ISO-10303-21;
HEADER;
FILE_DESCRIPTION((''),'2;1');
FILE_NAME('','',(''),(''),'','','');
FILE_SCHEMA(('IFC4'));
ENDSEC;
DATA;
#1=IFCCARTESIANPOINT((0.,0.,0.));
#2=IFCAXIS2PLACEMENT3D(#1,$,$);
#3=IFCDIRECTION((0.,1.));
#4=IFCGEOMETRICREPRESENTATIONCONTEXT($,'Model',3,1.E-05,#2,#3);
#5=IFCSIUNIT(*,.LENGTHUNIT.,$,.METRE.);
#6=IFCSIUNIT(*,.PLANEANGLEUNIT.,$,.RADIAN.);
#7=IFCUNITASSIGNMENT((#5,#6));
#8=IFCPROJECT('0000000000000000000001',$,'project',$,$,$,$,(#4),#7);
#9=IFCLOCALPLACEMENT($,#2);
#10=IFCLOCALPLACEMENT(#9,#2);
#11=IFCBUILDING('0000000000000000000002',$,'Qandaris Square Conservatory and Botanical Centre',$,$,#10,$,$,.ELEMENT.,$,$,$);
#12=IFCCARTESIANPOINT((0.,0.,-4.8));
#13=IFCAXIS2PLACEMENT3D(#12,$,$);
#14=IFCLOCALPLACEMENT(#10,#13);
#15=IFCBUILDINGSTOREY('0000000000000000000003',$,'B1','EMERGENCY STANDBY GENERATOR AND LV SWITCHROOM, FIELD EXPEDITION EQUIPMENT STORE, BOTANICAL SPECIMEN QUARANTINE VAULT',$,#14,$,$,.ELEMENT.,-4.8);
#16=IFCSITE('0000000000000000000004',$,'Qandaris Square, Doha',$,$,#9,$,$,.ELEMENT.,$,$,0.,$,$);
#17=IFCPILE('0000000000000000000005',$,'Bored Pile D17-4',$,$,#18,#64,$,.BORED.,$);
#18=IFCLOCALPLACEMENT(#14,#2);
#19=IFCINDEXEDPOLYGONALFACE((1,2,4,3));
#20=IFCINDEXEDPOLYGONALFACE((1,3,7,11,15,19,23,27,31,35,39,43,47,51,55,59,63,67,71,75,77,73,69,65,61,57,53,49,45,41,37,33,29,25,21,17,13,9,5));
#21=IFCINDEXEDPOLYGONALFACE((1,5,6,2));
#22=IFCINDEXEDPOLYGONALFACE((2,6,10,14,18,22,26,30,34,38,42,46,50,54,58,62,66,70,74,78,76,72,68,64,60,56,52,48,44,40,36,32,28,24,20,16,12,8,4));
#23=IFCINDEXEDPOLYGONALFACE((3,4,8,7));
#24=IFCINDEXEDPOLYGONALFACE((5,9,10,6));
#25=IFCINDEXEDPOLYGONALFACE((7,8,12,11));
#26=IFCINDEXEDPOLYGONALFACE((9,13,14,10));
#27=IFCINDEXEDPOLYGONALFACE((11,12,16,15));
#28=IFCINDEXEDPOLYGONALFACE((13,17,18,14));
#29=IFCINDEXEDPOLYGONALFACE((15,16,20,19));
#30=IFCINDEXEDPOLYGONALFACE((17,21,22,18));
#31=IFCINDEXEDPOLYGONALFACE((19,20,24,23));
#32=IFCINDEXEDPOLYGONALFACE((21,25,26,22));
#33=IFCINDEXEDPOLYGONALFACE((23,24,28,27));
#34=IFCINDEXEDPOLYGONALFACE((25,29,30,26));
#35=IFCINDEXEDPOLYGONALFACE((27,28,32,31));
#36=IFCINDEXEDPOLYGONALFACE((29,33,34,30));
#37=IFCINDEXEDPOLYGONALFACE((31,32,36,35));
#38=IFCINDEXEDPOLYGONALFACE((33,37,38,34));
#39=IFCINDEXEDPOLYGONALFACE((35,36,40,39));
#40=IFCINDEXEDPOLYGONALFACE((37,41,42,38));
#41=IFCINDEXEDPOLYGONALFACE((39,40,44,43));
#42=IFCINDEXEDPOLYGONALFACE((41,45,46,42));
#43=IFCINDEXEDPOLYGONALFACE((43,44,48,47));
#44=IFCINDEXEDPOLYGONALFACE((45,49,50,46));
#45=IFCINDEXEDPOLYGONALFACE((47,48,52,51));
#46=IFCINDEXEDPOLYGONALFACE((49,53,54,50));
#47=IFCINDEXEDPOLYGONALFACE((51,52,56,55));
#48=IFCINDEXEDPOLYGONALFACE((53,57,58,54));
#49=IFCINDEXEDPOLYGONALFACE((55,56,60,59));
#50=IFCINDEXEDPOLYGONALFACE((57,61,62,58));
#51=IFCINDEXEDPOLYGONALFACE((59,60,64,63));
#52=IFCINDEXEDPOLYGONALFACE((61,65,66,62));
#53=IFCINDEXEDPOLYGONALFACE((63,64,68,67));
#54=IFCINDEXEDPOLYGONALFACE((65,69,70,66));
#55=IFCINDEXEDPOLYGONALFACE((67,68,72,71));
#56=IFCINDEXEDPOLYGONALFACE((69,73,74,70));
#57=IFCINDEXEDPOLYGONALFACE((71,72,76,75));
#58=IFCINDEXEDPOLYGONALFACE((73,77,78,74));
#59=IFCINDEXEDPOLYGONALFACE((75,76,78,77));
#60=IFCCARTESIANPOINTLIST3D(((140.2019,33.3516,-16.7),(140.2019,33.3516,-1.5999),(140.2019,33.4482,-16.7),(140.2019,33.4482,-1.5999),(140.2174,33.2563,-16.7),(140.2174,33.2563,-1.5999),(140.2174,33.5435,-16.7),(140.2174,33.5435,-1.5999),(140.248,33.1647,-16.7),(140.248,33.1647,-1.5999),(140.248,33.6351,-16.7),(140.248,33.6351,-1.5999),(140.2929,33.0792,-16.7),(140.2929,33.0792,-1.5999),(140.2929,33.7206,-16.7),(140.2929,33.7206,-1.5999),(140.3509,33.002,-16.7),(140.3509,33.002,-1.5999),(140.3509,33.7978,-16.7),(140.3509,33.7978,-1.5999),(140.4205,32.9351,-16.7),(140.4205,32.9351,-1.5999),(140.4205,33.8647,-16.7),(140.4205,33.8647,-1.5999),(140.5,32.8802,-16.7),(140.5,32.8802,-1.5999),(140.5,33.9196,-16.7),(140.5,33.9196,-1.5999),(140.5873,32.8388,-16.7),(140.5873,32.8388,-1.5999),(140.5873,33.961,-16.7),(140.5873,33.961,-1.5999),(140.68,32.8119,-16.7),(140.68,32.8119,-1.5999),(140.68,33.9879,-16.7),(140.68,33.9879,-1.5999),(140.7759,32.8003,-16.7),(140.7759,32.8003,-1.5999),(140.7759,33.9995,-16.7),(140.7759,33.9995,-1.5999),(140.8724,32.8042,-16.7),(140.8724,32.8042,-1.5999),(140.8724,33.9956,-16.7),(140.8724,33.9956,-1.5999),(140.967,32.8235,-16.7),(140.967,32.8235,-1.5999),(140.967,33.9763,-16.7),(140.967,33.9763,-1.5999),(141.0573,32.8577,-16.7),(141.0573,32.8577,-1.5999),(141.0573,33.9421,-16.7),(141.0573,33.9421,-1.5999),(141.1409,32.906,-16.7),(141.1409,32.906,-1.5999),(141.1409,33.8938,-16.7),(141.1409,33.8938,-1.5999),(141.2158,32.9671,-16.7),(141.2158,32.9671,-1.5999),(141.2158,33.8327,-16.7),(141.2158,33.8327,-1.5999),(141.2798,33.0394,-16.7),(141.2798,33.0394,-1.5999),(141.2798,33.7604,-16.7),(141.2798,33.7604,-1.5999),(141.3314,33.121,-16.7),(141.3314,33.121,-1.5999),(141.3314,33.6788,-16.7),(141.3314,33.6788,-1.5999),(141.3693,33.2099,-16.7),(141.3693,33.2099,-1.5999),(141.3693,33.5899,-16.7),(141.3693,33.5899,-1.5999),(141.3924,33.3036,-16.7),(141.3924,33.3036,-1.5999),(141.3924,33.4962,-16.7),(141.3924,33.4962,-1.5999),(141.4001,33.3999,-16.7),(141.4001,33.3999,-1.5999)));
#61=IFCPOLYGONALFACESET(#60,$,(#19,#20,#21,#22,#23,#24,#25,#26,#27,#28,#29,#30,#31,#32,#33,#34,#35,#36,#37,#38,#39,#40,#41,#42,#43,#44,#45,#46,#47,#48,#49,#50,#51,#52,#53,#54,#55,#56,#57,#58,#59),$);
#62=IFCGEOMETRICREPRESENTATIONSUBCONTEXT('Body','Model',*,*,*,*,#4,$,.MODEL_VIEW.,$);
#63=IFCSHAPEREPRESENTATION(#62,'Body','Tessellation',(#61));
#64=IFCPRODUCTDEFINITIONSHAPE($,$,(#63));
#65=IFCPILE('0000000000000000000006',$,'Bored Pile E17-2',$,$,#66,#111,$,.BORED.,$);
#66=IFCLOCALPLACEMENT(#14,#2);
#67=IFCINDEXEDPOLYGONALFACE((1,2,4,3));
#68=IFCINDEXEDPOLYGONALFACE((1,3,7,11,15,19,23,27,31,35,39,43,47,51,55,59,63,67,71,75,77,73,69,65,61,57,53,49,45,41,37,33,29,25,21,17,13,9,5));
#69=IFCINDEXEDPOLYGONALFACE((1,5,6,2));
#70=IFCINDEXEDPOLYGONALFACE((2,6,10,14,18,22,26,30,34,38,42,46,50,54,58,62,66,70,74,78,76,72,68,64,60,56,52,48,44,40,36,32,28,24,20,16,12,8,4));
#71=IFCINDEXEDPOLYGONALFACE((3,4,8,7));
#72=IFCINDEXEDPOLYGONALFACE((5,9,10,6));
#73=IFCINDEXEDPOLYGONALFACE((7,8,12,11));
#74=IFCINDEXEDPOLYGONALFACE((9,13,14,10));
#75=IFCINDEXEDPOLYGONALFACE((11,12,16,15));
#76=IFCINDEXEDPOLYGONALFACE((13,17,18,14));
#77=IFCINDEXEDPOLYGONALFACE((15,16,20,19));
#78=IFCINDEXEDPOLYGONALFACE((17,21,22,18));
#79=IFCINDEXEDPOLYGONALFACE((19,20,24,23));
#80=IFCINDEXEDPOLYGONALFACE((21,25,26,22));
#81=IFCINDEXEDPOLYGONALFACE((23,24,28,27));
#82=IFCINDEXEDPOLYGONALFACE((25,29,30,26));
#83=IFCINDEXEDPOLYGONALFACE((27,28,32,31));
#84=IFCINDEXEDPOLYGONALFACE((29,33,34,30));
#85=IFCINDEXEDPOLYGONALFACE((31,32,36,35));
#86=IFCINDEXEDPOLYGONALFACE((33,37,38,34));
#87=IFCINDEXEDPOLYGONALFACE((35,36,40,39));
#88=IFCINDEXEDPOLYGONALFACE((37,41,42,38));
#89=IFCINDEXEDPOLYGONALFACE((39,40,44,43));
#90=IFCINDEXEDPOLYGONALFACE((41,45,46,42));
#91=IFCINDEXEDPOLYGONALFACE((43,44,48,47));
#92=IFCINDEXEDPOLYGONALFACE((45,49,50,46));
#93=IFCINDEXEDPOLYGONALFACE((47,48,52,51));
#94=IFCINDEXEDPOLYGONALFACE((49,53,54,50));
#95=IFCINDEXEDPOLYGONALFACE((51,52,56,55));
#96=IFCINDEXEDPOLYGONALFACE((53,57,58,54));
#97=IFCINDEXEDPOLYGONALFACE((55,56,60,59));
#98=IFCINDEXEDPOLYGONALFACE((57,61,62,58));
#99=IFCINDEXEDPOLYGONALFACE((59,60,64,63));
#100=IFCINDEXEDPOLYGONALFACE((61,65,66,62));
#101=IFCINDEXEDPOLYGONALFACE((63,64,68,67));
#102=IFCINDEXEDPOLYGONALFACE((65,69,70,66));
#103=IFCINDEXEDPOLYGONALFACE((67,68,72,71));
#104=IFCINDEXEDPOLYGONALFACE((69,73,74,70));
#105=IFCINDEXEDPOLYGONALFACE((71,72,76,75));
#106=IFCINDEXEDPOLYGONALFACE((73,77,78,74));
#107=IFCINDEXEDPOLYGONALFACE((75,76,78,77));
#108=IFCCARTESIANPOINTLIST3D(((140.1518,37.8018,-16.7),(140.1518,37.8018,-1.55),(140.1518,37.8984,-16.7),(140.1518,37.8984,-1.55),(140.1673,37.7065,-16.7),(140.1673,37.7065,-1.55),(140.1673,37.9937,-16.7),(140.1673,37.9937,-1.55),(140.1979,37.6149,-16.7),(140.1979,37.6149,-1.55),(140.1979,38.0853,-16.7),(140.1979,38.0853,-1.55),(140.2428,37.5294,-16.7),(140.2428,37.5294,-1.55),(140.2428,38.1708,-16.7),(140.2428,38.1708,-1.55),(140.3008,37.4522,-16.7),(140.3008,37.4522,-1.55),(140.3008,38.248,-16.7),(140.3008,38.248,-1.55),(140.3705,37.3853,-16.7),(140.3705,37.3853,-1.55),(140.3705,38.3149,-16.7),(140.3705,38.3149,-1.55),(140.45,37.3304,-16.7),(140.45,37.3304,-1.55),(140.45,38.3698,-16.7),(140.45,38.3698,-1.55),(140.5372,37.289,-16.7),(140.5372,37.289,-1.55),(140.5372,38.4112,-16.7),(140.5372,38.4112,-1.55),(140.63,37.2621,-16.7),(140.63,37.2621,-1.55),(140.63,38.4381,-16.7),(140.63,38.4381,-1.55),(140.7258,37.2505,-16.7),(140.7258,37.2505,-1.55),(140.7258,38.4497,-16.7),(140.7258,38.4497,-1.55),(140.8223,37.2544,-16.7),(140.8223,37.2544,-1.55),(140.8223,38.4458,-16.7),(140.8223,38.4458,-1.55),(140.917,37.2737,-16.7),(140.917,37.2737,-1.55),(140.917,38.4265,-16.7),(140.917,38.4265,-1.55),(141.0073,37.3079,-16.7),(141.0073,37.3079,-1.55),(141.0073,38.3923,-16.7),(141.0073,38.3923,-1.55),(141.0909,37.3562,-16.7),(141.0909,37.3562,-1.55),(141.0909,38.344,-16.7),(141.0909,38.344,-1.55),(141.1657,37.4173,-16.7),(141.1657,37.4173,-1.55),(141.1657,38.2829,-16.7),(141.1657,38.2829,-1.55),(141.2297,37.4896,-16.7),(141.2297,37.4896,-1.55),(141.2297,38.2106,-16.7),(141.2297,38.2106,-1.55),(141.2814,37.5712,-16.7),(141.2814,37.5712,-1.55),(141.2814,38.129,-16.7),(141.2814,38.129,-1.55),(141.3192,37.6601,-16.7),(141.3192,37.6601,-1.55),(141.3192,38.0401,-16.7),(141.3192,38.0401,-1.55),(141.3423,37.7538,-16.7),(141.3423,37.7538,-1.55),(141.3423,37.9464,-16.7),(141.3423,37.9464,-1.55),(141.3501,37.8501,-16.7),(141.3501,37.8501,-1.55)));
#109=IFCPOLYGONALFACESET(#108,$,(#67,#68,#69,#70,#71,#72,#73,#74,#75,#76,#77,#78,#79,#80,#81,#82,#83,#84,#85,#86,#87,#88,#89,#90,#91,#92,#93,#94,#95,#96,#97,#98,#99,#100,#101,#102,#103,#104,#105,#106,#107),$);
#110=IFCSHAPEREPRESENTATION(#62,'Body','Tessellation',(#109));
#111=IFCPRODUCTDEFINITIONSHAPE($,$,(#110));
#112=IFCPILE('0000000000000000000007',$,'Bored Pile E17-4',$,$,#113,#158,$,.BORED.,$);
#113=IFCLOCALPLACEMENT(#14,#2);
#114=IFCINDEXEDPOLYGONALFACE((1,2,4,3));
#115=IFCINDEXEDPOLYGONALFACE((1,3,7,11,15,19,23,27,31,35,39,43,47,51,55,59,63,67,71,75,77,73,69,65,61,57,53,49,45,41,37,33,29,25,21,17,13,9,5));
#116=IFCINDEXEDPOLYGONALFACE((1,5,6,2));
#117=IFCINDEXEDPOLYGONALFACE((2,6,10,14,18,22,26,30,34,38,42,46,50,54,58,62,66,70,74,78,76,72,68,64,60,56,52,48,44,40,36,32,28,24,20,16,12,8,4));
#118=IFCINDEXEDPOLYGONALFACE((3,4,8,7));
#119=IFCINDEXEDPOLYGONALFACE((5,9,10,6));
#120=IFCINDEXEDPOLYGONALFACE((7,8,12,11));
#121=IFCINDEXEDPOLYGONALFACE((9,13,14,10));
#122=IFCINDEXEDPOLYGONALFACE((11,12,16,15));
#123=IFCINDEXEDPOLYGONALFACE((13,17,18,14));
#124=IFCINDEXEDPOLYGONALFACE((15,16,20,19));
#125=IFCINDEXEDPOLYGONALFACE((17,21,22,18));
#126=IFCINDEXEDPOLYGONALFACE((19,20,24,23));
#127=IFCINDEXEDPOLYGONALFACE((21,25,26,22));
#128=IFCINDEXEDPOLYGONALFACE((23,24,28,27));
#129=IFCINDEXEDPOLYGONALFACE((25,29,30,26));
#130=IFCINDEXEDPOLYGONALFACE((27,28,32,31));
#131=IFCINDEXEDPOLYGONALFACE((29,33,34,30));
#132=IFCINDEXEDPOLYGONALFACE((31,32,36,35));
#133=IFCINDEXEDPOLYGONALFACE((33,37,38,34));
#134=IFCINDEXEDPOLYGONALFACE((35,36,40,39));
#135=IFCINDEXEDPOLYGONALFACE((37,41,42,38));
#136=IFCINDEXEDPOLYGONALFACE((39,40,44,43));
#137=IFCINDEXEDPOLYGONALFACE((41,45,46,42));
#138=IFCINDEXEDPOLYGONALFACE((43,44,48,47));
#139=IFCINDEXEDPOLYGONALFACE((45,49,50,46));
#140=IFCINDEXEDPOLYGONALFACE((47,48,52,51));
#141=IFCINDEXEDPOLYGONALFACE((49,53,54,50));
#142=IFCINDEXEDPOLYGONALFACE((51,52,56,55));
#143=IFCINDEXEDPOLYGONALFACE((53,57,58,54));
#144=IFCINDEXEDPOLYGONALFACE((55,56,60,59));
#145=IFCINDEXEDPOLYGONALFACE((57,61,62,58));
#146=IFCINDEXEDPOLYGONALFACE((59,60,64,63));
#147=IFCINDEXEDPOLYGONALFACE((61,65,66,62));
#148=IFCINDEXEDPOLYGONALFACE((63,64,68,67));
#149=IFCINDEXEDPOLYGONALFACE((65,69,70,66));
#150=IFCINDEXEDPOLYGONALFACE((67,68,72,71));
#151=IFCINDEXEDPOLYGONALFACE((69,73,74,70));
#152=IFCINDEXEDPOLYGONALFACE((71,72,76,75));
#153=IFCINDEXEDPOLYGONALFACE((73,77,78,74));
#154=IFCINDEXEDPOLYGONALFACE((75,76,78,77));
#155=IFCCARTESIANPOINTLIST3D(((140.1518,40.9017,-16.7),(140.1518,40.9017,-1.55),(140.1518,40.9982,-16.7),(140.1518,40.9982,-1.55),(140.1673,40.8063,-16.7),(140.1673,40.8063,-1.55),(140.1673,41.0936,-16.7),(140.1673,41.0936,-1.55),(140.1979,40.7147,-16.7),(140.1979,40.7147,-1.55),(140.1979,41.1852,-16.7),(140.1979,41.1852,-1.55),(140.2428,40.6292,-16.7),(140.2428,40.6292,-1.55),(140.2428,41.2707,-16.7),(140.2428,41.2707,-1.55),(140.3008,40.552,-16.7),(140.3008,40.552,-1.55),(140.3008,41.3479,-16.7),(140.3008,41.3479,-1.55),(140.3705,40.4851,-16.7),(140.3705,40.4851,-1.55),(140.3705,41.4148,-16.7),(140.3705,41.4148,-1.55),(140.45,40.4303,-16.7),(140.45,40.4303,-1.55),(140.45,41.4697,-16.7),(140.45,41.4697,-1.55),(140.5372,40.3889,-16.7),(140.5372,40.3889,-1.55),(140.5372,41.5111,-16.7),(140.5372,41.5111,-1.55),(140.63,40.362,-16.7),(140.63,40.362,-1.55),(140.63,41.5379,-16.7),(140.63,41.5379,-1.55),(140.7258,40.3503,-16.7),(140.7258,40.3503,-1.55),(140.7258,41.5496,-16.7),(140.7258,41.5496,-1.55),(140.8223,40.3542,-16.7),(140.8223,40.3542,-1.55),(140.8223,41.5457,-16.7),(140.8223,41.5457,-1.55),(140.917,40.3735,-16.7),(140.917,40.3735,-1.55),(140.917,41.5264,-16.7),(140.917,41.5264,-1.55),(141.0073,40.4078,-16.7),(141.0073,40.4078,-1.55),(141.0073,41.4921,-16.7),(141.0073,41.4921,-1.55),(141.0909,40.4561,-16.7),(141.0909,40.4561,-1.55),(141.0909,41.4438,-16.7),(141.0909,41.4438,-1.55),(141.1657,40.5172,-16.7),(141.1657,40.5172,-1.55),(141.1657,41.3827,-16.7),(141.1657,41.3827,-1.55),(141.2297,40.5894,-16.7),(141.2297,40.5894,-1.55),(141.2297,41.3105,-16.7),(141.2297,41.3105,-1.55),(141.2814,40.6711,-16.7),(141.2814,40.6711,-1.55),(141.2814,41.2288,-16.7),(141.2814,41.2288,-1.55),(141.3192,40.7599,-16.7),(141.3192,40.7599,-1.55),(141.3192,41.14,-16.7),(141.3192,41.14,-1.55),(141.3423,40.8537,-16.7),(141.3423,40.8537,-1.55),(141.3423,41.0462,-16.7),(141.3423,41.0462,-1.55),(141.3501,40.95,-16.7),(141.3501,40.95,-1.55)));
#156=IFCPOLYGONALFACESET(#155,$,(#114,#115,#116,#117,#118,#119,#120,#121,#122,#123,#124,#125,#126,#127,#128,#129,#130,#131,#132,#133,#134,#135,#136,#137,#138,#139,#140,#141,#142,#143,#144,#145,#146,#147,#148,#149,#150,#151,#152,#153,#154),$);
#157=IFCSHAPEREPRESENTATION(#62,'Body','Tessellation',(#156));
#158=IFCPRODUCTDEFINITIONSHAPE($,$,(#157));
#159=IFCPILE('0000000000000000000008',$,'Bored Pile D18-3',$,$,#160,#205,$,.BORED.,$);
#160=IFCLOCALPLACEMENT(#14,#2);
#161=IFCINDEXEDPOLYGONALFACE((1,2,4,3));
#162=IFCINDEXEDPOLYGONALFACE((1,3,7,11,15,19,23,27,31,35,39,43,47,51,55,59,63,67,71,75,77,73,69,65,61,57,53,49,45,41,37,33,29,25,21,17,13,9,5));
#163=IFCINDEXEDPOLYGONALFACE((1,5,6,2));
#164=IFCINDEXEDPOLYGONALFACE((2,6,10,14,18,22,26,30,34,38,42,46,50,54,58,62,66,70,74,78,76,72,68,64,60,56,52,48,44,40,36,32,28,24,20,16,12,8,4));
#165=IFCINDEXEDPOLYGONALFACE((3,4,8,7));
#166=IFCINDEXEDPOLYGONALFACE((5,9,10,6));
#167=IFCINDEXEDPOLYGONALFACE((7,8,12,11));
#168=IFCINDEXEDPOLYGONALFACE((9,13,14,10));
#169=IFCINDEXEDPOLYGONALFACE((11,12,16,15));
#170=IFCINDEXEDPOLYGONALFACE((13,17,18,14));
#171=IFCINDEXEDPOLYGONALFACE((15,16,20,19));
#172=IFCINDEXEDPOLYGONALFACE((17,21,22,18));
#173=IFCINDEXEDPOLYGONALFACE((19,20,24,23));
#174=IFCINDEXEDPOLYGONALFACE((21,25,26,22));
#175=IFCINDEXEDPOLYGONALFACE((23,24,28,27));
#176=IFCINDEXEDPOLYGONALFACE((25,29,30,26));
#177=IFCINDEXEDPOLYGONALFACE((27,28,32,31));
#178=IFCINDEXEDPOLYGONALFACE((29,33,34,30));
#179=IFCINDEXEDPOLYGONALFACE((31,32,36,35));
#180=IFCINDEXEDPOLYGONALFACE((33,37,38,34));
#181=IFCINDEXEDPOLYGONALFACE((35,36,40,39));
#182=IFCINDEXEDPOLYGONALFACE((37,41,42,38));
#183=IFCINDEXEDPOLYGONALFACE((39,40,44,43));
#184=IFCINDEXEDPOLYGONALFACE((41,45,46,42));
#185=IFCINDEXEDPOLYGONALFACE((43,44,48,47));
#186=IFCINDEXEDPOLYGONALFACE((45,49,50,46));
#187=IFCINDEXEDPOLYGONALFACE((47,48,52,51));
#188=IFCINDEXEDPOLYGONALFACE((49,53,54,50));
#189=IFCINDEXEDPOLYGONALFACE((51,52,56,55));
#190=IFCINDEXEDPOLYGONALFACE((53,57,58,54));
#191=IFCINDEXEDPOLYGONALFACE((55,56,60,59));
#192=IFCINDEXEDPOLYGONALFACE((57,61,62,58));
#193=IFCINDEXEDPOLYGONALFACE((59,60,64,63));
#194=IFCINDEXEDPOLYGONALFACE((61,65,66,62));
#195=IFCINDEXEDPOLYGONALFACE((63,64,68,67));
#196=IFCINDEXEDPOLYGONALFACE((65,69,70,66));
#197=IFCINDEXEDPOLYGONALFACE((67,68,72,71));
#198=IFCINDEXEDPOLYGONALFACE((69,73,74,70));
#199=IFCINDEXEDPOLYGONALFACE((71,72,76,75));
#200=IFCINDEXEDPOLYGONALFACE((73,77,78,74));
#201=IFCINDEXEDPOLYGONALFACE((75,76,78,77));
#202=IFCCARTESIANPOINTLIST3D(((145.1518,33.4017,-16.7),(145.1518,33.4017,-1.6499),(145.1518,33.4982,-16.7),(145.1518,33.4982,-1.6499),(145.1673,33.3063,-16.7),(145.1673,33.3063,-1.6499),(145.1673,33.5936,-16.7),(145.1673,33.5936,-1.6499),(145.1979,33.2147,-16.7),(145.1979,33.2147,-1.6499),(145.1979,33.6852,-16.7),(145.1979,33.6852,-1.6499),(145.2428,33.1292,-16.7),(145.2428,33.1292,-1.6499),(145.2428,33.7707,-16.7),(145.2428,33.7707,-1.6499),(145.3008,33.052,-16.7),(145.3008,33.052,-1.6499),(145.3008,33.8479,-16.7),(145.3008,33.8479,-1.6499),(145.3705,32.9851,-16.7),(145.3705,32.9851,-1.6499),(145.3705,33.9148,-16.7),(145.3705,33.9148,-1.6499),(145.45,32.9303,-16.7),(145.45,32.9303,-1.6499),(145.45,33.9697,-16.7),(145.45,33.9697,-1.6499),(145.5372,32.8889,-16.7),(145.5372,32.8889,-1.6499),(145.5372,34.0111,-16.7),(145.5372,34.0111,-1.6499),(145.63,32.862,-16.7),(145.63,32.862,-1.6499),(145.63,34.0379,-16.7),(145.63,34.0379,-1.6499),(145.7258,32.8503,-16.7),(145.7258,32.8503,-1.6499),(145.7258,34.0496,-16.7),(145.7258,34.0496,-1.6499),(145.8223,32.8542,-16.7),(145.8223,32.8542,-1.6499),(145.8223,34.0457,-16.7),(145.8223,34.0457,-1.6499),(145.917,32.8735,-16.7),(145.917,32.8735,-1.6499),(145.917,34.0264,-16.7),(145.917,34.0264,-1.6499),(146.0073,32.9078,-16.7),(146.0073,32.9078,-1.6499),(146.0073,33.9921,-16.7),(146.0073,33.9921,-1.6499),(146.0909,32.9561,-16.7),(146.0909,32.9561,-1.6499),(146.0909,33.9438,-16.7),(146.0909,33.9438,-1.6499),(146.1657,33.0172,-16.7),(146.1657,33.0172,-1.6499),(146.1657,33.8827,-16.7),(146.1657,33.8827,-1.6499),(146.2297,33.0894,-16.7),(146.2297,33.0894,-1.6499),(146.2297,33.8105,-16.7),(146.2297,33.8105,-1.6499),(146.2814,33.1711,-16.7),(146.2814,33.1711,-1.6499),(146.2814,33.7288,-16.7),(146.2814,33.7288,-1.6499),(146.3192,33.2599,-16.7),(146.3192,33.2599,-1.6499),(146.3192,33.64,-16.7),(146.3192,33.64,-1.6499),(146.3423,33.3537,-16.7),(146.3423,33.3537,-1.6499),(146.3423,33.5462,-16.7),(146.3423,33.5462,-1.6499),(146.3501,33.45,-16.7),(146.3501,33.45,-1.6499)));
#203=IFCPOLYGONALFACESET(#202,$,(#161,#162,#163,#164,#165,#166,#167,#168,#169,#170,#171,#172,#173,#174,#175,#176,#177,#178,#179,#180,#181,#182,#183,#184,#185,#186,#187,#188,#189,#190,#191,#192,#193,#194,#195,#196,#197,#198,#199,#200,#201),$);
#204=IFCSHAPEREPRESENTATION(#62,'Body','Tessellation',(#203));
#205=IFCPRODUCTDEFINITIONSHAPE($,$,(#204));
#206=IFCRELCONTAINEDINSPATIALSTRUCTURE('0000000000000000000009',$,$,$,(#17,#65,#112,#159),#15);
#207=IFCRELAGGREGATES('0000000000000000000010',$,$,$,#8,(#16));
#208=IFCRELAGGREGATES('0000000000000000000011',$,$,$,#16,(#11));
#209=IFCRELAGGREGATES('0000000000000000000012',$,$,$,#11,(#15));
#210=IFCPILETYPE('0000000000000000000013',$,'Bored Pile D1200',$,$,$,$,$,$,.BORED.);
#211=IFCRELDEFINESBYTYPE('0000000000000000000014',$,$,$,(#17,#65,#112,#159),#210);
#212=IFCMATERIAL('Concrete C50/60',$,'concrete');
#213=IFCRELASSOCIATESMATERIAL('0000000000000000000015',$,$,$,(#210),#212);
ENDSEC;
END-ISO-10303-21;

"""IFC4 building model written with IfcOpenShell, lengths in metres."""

from ifc_helpers import new_model, si_unit, direction, frame, origin, origin_2d, place, context, subcontext, project, spatial, circle, extrude, material, material_profile, profile_set, type_object, element, save


model = new_model("IFC4")

# Units and contexts
model_context = context("Model", 3, precision=1e-05, world=origin(), true_north=direction((0.0, 1.0)))
body_context = subcontext(model_context, "Body", "Model", "MODEL_VIEW")
ifc_project = project(units=[si_unit("LENGTHUNIT", "METRE"), si_unit("PLANEANGLEUNIT", "RADIAN")], contexts=[model_context])

# Site, building, storey
site_placement = place(None, origin())
site = spatial("IfcSite", under=ifc_project, at=site_placement, Name="Qandaris Square, Doha", CompositionType="ELEMENT", RefElevation=0.0)
building_placement = place(site_placement, origin())
building = spatial("IfcBuilding", under=site, at=building_placement, Name="Qandaris Square Conservatory and Botanical Centre", CompositionType="ELEMENT")
storey_placement = place(building_placement, frame((0.0, 0.0, -4.8)))
storey = spatial("IfcBuildingStorey", under=building, at=storey_placement, Name="B1", Description="EMERGENCY STANDBY GENERATOR AND LV SWITCHROOM, FIELD EXPEDITION EQUIPMENT STORE, BOTANICAL SPECIMEN QUARANTINE VAULT", CompositionType="ELEMENT", Elevation=-4.8)

# Piles
ifc_material_1 = material(Name="Concrete C50/60", Category="concrete")
ifc_material_profile_1 = material_profile(ifc_material_1, circle(Radius=0.6001, at=origin_2d()), Name="PILE D1200")
ifc_profile_set_1 = profile_set([ifc_material_profile_1], Name="Concrete C50/60")
pile_type = type_object("IfcPileType", Name="Bored Pile D1200", PredefinedType="BORED", material=ifc_profile_set_1)
pile_1_placement = place(storey_placement, frame((140.8, 33.3999, -1.5999), z_axis=(0.0, 0.0, -1.0), x_axis=(1.0, 0.0, 0.0)))
element("IfcPile", 1, at=pile_1_placement, inside=storey, type_object=pile_type, Name="Bored Pile D17-4", PredefinedType="BORED", context=body_context, shape_type="SweptSolid", body=[
    extrude(circle(Radius=0.6001, at=origin_2d()), origin(), (0.0, 0.0, 1.0), 15.1001),
])
for number, where, z_axis, x_axis, name in (
    (2, (140.75, 37.8501, -1.55), (0.0, 0.0, -1.0), (1.0, 0.0, 0.0), "Bored Pile E17-2"),
    (3, (140.75, 40.95, -1.55), (0.0, 0.0, -1.0), (1.0, 0.0, 0.0), "Bored Pile E17-4"),
):
    element("IfcPile", number, at=place(storey_placement, frame(where, z_axis=z_axis, x_axis=x_axis)), inside=storey, type_object=pile_type, Name=name, PredefinedType="BORED", context=body_context, shape_type="SweptSolid", body=[
        extrude(circle(Radius=0.6001, at=origin_2d()), origin(), (0.0, 0.0, 1.0), 15.1499),
    ])
pile_2_placement = place(storey_placement, frame((145.75, 33.45, -1.6499), z_axis=(0.0, 0.0, -1.0), x_axis=(1.0, 0.0, 0.0)))
element("IfcPile", 4, at=pile_2_placement, inside=storey, type_object=pile_type, Name="Bored Pile D18-3", PredefinedType="BORED", context=body_context, shape_type="SweptSolid", body=[
    extrude(circle(Radius=0.6001, at=origin_2d()), origin(), (0.0, 0.0, 1.0), 15.05),
])

save(model, "model.ifc")
